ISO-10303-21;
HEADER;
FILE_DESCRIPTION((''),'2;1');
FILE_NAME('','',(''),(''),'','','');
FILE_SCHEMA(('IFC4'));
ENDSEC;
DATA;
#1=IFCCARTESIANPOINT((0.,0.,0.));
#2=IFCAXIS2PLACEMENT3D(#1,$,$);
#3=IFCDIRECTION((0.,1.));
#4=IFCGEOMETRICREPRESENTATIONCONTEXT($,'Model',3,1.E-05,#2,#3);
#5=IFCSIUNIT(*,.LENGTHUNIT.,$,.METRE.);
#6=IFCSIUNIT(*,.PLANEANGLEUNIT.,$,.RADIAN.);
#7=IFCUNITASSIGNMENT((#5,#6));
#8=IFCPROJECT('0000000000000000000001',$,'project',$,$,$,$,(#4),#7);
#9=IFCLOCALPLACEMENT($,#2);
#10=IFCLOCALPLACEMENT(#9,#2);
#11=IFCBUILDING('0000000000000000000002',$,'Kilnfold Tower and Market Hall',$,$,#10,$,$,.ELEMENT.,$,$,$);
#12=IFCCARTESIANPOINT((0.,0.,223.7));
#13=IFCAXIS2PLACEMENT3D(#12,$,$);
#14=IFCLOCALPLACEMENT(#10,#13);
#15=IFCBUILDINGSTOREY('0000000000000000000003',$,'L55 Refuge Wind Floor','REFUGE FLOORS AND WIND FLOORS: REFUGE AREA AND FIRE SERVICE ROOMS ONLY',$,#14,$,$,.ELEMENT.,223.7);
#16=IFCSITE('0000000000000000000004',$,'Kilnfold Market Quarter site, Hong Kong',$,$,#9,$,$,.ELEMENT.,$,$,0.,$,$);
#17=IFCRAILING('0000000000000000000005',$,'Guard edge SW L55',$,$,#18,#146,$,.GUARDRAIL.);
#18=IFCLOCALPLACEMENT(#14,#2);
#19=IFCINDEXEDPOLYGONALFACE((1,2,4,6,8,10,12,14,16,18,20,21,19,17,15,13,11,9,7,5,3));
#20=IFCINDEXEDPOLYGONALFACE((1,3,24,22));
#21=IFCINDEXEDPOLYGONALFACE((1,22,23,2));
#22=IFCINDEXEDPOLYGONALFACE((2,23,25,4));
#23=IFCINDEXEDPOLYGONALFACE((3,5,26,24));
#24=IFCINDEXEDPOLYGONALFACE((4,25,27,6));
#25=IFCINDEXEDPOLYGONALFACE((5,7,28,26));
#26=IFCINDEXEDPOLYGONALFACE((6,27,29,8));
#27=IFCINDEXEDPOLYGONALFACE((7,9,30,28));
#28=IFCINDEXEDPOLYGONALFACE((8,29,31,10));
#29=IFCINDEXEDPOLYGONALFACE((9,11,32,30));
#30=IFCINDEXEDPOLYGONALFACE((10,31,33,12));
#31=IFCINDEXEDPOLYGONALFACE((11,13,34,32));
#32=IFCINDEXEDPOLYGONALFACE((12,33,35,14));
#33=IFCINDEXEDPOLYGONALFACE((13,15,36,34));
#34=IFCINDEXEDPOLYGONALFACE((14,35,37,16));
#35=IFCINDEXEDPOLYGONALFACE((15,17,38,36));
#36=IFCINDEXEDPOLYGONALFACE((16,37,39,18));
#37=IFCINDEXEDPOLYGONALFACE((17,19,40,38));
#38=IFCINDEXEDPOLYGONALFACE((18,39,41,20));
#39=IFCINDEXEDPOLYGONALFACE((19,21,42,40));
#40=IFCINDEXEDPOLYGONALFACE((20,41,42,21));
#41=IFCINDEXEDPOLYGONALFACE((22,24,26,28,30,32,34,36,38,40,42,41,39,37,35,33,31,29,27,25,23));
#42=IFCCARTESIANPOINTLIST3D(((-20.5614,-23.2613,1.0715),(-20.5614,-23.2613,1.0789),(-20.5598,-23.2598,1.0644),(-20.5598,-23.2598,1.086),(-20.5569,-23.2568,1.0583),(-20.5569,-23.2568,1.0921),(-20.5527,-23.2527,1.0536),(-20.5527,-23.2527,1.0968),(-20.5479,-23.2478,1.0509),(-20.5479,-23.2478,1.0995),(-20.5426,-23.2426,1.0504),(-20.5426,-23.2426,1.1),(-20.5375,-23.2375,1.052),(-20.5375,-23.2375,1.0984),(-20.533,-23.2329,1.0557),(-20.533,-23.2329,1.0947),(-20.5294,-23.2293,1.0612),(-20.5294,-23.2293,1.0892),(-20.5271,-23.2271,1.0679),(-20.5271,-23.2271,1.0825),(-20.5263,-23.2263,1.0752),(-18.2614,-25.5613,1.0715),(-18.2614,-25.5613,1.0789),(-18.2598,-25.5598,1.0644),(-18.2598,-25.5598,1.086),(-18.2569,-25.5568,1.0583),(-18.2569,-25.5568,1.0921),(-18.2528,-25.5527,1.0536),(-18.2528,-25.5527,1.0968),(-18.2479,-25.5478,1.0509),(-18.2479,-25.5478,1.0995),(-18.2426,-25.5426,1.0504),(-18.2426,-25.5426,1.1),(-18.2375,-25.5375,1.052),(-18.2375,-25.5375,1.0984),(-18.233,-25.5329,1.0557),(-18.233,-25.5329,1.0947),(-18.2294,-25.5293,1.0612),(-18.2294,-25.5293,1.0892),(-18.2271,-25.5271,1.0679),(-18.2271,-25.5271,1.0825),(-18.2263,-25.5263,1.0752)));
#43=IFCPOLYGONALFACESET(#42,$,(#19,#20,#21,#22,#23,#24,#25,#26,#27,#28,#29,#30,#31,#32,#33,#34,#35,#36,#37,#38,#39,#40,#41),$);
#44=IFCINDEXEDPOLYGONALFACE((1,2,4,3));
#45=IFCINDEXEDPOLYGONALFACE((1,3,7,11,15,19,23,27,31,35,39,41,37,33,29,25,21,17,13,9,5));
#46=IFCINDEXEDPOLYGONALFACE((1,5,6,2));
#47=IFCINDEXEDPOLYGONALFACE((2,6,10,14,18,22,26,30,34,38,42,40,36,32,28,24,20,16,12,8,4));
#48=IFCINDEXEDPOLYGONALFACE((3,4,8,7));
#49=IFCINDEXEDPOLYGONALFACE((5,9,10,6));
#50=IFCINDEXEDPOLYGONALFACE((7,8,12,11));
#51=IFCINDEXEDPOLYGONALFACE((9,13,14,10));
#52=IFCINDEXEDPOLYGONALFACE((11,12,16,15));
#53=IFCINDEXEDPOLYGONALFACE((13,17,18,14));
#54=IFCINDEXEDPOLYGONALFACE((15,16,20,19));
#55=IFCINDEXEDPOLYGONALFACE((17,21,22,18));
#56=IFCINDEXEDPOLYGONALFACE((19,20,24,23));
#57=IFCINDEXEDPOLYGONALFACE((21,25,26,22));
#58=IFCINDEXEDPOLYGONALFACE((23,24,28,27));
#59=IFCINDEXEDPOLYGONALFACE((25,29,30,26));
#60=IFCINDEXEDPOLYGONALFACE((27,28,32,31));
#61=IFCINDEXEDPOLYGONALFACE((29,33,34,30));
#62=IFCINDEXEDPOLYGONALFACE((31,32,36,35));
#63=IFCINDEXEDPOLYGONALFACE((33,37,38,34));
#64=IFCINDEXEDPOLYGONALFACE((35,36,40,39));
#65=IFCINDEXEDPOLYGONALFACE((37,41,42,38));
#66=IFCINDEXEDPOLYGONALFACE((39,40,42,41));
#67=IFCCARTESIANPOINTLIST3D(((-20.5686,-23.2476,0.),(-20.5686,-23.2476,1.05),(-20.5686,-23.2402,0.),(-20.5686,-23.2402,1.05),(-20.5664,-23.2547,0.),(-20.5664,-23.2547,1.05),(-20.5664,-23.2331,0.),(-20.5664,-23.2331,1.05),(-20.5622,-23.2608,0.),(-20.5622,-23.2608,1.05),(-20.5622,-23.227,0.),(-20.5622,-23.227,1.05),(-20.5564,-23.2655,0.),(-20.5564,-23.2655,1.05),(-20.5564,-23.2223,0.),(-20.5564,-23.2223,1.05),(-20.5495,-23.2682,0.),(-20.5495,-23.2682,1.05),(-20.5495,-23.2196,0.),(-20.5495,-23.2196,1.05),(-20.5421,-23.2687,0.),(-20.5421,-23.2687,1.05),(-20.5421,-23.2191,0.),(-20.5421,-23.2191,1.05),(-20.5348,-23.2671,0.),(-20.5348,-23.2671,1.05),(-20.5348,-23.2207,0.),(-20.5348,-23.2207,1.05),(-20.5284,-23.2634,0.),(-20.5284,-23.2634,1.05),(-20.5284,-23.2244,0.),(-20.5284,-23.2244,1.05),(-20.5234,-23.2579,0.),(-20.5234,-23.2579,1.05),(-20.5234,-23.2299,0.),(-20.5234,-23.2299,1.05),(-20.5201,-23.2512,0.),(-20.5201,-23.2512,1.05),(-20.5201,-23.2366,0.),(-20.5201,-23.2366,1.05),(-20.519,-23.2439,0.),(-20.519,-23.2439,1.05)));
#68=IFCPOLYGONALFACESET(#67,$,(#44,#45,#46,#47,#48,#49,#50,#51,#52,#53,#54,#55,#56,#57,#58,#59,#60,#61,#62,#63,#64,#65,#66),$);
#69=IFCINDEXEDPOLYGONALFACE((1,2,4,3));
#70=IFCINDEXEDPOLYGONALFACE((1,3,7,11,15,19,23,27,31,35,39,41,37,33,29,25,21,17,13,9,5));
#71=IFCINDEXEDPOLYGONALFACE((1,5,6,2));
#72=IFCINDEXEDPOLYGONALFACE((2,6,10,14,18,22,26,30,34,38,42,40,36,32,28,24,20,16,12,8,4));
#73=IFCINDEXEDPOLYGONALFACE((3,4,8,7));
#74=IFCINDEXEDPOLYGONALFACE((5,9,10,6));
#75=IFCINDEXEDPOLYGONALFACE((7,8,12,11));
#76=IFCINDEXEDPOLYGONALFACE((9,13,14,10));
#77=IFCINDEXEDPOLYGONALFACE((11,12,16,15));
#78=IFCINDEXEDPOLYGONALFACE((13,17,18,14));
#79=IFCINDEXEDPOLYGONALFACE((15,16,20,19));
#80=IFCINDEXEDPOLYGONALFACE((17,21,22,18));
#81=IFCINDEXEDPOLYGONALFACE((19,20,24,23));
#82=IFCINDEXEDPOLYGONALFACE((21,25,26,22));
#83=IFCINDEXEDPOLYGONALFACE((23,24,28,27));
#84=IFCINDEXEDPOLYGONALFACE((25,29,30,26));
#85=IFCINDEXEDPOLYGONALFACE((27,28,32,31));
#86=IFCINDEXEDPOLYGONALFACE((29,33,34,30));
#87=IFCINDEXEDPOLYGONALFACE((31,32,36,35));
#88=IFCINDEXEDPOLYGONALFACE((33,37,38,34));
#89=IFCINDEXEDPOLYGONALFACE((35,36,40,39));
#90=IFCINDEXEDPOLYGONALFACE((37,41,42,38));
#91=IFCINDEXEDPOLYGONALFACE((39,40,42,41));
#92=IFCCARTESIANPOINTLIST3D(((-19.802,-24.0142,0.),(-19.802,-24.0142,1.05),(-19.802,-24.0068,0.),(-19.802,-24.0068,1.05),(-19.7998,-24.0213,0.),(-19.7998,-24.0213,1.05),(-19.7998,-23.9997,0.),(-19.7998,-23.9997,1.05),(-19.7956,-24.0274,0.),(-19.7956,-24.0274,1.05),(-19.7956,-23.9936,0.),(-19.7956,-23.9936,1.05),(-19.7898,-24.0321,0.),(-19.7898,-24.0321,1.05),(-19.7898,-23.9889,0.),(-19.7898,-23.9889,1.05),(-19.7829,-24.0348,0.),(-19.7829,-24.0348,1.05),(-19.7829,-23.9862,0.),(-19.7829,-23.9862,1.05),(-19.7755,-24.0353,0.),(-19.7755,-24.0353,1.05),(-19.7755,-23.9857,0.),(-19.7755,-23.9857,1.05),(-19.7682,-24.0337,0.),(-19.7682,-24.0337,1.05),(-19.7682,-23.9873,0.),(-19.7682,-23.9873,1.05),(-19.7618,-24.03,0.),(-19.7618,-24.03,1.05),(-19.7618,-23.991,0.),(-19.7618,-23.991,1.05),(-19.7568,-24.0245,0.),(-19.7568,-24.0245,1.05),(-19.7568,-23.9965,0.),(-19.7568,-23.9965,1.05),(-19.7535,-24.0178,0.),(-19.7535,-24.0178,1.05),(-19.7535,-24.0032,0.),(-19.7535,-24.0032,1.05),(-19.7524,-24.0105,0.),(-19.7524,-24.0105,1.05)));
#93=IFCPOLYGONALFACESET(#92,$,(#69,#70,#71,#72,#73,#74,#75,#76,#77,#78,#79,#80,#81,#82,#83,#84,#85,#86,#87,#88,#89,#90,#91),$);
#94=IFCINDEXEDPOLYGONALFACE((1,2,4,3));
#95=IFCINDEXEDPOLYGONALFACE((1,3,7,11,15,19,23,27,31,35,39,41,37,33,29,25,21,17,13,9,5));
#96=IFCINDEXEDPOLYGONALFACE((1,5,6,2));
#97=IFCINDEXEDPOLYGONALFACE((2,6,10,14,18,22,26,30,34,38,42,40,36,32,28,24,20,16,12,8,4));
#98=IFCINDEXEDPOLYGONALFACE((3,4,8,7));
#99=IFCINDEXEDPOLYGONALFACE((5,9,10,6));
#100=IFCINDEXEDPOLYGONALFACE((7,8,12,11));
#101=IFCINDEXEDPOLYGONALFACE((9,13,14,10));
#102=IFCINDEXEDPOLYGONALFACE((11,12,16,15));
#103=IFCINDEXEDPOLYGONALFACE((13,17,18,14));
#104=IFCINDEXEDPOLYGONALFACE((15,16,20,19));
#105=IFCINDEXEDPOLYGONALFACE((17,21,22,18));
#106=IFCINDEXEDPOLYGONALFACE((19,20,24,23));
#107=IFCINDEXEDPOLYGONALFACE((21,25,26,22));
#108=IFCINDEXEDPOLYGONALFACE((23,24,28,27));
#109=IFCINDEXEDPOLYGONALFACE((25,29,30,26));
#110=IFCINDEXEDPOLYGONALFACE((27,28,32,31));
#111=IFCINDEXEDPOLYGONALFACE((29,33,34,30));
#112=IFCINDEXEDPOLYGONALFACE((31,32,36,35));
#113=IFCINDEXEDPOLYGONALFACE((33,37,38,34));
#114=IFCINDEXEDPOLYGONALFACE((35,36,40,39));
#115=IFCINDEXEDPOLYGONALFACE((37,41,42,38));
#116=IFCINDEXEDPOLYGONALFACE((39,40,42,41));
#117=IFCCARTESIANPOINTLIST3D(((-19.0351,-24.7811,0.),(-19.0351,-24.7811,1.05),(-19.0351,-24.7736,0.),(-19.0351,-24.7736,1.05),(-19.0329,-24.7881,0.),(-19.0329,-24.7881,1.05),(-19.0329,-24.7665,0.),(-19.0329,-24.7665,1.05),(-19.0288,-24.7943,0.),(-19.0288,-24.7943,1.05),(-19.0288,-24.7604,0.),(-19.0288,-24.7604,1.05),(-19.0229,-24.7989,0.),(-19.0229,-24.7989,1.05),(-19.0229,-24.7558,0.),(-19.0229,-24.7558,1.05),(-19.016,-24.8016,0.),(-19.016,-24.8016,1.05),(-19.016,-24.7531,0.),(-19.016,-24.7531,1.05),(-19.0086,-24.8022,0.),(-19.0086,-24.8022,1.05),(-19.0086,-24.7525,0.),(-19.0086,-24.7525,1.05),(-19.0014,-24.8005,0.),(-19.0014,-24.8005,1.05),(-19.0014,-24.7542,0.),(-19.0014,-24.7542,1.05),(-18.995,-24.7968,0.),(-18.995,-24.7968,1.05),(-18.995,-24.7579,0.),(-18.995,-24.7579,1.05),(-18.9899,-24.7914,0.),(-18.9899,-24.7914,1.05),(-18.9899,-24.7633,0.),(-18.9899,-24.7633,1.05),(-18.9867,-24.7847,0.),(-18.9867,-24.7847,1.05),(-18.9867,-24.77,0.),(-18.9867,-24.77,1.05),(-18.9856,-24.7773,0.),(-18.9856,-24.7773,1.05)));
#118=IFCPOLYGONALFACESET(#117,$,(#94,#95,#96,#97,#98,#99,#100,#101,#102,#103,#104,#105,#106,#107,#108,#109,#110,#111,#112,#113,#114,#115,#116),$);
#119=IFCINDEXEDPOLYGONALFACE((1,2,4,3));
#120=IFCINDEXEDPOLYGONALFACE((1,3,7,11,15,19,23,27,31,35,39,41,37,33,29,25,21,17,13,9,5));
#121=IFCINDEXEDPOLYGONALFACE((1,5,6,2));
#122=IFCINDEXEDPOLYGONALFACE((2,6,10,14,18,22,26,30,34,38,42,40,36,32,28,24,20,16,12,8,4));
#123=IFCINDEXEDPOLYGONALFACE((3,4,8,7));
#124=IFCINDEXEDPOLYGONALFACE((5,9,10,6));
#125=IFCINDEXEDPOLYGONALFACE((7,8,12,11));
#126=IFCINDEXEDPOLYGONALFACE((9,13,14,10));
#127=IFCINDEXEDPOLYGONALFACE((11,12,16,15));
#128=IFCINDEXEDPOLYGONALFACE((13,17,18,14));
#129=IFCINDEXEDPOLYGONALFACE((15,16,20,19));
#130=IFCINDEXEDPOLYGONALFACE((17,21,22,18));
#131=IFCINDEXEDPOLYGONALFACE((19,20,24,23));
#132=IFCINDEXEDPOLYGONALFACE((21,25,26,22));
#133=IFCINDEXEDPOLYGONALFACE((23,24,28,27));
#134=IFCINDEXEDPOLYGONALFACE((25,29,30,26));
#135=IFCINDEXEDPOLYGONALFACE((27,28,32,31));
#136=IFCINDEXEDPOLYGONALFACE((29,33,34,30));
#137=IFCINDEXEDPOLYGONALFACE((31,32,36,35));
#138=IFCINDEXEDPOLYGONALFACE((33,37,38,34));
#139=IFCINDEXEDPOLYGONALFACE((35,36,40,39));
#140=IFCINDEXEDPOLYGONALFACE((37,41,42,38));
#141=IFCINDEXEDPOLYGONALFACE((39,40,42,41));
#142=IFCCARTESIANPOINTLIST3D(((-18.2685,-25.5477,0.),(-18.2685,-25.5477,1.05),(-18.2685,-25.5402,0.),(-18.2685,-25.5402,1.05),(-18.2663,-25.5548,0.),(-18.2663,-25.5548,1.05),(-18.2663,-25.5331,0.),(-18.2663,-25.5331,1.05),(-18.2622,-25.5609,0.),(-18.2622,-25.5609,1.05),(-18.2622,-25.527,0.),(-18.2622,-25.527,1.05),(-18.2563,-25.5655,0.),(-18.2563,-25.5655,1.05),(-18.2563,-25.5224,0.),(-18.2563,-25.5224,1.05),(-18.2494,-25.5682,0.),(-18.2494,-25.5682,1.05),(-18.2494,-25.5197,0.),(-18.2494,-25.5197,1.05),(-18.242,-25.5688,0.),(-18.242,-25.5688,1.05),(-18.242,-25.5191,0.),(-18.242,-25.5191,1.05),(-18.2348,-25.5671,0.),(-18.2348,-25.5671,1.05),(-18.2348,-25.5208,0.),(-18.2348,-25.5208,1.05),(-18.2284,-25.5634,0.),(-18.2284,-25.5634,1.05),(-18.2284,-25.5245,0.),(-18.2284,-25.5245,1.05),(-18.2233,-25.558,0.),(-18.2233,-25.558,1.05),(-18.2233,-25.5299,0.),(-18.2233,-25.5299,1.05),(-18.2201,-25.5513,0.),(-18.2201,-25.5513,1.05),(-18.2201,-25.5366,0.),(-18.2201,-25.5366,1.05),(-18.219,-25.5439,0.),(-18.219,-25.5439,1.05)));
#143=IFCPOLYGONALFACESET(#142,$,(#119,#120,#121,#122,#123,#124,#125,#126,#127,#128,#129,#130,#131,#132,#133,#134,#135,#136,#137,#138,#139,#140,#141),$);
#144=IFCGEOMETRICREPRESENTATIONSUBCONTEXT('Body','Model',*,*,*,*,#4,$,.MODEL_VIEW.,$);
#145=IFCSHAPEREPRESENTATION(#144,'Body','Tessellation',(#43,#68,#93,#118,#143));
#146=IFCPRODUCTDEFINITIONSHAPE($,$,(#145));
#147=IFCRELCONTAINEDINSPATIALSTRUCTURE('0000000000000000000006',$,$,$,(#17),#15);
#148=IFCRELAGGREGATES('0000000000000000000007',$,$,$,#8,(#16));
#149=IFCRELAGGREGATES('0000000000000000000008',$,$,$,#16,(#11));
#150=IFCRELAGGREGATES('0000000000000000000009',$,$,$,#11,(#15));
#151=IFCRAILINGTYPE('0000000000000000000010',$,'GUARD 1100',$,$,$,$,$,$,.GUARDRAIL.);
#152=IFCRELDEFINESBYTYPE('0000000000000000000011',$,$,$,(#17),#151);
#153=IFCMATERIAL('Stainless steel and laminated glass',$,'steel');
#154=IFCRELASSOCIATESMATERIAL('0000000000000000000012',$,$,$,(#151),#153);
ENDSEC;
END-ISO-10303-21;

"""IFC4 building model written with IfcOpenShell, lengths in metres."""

from ifc_helpers import new_model, si_unit, direction, frame, origin, origin_2d, place, context, subcontext, project, spatial, circle, extrude, material, type_object, element, save


model = new_model("IFC4")

# Units and contexts
model_context = context("Model", 3, precision=1e-05, world=origin(), true_north=direction((0.0, 1.0)))
body_context = subcontext(model_context, "Body", "Model", "MODEL_VIEW")
ifc_project = project(units=[si_unit("LENGTHUNIT", "METRE"), si_unit("PLANEANGLEUNIT", "RADIAN")], contexts=[model_context])

# Site, building, storey
site_placement = place(None, origin())
site = spatial("IfcSite", under=ifc_project, at=site_placement, Name="Kilnfold Market Quarter site, Hong Kong", CompositionType="ELEMENT", RefElevation=0.0)
building_placement = place(site_placement, origin())
building = spatial("IfcBuilding", under=site, at=building_placement, Name="Kilnfold Tower and Market Hall", CompositionType="ELEMENT")
storey_placement = place(building_placement, frame((0.0, 0.0, 223.7)))
storey = spatial("IfcBuildingStorey", under=building, at=storey_placement, Name="L55 Refuge Wind Floor", Description="REFUGE FLOORS AND WIND FLOORS: REFUGE AREA AND FIRE SERVICE ROOMS ONLY", CompositionType="ELEMENT", Elevation=223.7)

# Railing
ifc_material_1 = material(Name="Stainless steel and laminated glass", Category="steel")
railing_type_1 = type_object("IfcRailingType", Name="GUARD 1100", PredefinedType="GUARDRAIL", material=ifc_material_1)
railing_1_placement = place(storey_placement, frame((-20.5439, -23.2439, 0.0)))
element("IfcRailing", 1, at=railing_1_placement, inside=storey, type_object=railing_type_1, Name="Guard edge SW L55", PredefinedType="GUARDRAIL", context=body_context, shape_type="SweptSolid", body=[
    extrude(circle(Radius=0.0249, at=origin_2d()), frame((0.0, 0.0, 1.0752), z_axis=(0.707107, -0.707107, 0.0), x_axis=(0.707107, 0.707107, 0.0)), (0.0, 0.0, 1.0), 3.2527),
    extrude(circle(Radius=0.0249, at=origin_2d()), origin(), (0.0, 0.0, 1.0), 1.05),
    extrude(circle(Radius=0.0249, at=origin_2d()), frame((0.7666, -0.7666, 0.0)), (0.0, 0.0, 1.0), 1.05),
    extrude(circle(Radius=0.0249, at=origin_2d()), frame((1.5334, -1.5334, 0.0)), (0.0, 0.0, 1.0), 1.05),
    extrude(circle(Radius=0.0249, at=origin_2d()), frame((2.3, -2.3, 0.0)), (0.0, 0.0, 1.0), 1.05),
])

save(model, "model.ifc")
